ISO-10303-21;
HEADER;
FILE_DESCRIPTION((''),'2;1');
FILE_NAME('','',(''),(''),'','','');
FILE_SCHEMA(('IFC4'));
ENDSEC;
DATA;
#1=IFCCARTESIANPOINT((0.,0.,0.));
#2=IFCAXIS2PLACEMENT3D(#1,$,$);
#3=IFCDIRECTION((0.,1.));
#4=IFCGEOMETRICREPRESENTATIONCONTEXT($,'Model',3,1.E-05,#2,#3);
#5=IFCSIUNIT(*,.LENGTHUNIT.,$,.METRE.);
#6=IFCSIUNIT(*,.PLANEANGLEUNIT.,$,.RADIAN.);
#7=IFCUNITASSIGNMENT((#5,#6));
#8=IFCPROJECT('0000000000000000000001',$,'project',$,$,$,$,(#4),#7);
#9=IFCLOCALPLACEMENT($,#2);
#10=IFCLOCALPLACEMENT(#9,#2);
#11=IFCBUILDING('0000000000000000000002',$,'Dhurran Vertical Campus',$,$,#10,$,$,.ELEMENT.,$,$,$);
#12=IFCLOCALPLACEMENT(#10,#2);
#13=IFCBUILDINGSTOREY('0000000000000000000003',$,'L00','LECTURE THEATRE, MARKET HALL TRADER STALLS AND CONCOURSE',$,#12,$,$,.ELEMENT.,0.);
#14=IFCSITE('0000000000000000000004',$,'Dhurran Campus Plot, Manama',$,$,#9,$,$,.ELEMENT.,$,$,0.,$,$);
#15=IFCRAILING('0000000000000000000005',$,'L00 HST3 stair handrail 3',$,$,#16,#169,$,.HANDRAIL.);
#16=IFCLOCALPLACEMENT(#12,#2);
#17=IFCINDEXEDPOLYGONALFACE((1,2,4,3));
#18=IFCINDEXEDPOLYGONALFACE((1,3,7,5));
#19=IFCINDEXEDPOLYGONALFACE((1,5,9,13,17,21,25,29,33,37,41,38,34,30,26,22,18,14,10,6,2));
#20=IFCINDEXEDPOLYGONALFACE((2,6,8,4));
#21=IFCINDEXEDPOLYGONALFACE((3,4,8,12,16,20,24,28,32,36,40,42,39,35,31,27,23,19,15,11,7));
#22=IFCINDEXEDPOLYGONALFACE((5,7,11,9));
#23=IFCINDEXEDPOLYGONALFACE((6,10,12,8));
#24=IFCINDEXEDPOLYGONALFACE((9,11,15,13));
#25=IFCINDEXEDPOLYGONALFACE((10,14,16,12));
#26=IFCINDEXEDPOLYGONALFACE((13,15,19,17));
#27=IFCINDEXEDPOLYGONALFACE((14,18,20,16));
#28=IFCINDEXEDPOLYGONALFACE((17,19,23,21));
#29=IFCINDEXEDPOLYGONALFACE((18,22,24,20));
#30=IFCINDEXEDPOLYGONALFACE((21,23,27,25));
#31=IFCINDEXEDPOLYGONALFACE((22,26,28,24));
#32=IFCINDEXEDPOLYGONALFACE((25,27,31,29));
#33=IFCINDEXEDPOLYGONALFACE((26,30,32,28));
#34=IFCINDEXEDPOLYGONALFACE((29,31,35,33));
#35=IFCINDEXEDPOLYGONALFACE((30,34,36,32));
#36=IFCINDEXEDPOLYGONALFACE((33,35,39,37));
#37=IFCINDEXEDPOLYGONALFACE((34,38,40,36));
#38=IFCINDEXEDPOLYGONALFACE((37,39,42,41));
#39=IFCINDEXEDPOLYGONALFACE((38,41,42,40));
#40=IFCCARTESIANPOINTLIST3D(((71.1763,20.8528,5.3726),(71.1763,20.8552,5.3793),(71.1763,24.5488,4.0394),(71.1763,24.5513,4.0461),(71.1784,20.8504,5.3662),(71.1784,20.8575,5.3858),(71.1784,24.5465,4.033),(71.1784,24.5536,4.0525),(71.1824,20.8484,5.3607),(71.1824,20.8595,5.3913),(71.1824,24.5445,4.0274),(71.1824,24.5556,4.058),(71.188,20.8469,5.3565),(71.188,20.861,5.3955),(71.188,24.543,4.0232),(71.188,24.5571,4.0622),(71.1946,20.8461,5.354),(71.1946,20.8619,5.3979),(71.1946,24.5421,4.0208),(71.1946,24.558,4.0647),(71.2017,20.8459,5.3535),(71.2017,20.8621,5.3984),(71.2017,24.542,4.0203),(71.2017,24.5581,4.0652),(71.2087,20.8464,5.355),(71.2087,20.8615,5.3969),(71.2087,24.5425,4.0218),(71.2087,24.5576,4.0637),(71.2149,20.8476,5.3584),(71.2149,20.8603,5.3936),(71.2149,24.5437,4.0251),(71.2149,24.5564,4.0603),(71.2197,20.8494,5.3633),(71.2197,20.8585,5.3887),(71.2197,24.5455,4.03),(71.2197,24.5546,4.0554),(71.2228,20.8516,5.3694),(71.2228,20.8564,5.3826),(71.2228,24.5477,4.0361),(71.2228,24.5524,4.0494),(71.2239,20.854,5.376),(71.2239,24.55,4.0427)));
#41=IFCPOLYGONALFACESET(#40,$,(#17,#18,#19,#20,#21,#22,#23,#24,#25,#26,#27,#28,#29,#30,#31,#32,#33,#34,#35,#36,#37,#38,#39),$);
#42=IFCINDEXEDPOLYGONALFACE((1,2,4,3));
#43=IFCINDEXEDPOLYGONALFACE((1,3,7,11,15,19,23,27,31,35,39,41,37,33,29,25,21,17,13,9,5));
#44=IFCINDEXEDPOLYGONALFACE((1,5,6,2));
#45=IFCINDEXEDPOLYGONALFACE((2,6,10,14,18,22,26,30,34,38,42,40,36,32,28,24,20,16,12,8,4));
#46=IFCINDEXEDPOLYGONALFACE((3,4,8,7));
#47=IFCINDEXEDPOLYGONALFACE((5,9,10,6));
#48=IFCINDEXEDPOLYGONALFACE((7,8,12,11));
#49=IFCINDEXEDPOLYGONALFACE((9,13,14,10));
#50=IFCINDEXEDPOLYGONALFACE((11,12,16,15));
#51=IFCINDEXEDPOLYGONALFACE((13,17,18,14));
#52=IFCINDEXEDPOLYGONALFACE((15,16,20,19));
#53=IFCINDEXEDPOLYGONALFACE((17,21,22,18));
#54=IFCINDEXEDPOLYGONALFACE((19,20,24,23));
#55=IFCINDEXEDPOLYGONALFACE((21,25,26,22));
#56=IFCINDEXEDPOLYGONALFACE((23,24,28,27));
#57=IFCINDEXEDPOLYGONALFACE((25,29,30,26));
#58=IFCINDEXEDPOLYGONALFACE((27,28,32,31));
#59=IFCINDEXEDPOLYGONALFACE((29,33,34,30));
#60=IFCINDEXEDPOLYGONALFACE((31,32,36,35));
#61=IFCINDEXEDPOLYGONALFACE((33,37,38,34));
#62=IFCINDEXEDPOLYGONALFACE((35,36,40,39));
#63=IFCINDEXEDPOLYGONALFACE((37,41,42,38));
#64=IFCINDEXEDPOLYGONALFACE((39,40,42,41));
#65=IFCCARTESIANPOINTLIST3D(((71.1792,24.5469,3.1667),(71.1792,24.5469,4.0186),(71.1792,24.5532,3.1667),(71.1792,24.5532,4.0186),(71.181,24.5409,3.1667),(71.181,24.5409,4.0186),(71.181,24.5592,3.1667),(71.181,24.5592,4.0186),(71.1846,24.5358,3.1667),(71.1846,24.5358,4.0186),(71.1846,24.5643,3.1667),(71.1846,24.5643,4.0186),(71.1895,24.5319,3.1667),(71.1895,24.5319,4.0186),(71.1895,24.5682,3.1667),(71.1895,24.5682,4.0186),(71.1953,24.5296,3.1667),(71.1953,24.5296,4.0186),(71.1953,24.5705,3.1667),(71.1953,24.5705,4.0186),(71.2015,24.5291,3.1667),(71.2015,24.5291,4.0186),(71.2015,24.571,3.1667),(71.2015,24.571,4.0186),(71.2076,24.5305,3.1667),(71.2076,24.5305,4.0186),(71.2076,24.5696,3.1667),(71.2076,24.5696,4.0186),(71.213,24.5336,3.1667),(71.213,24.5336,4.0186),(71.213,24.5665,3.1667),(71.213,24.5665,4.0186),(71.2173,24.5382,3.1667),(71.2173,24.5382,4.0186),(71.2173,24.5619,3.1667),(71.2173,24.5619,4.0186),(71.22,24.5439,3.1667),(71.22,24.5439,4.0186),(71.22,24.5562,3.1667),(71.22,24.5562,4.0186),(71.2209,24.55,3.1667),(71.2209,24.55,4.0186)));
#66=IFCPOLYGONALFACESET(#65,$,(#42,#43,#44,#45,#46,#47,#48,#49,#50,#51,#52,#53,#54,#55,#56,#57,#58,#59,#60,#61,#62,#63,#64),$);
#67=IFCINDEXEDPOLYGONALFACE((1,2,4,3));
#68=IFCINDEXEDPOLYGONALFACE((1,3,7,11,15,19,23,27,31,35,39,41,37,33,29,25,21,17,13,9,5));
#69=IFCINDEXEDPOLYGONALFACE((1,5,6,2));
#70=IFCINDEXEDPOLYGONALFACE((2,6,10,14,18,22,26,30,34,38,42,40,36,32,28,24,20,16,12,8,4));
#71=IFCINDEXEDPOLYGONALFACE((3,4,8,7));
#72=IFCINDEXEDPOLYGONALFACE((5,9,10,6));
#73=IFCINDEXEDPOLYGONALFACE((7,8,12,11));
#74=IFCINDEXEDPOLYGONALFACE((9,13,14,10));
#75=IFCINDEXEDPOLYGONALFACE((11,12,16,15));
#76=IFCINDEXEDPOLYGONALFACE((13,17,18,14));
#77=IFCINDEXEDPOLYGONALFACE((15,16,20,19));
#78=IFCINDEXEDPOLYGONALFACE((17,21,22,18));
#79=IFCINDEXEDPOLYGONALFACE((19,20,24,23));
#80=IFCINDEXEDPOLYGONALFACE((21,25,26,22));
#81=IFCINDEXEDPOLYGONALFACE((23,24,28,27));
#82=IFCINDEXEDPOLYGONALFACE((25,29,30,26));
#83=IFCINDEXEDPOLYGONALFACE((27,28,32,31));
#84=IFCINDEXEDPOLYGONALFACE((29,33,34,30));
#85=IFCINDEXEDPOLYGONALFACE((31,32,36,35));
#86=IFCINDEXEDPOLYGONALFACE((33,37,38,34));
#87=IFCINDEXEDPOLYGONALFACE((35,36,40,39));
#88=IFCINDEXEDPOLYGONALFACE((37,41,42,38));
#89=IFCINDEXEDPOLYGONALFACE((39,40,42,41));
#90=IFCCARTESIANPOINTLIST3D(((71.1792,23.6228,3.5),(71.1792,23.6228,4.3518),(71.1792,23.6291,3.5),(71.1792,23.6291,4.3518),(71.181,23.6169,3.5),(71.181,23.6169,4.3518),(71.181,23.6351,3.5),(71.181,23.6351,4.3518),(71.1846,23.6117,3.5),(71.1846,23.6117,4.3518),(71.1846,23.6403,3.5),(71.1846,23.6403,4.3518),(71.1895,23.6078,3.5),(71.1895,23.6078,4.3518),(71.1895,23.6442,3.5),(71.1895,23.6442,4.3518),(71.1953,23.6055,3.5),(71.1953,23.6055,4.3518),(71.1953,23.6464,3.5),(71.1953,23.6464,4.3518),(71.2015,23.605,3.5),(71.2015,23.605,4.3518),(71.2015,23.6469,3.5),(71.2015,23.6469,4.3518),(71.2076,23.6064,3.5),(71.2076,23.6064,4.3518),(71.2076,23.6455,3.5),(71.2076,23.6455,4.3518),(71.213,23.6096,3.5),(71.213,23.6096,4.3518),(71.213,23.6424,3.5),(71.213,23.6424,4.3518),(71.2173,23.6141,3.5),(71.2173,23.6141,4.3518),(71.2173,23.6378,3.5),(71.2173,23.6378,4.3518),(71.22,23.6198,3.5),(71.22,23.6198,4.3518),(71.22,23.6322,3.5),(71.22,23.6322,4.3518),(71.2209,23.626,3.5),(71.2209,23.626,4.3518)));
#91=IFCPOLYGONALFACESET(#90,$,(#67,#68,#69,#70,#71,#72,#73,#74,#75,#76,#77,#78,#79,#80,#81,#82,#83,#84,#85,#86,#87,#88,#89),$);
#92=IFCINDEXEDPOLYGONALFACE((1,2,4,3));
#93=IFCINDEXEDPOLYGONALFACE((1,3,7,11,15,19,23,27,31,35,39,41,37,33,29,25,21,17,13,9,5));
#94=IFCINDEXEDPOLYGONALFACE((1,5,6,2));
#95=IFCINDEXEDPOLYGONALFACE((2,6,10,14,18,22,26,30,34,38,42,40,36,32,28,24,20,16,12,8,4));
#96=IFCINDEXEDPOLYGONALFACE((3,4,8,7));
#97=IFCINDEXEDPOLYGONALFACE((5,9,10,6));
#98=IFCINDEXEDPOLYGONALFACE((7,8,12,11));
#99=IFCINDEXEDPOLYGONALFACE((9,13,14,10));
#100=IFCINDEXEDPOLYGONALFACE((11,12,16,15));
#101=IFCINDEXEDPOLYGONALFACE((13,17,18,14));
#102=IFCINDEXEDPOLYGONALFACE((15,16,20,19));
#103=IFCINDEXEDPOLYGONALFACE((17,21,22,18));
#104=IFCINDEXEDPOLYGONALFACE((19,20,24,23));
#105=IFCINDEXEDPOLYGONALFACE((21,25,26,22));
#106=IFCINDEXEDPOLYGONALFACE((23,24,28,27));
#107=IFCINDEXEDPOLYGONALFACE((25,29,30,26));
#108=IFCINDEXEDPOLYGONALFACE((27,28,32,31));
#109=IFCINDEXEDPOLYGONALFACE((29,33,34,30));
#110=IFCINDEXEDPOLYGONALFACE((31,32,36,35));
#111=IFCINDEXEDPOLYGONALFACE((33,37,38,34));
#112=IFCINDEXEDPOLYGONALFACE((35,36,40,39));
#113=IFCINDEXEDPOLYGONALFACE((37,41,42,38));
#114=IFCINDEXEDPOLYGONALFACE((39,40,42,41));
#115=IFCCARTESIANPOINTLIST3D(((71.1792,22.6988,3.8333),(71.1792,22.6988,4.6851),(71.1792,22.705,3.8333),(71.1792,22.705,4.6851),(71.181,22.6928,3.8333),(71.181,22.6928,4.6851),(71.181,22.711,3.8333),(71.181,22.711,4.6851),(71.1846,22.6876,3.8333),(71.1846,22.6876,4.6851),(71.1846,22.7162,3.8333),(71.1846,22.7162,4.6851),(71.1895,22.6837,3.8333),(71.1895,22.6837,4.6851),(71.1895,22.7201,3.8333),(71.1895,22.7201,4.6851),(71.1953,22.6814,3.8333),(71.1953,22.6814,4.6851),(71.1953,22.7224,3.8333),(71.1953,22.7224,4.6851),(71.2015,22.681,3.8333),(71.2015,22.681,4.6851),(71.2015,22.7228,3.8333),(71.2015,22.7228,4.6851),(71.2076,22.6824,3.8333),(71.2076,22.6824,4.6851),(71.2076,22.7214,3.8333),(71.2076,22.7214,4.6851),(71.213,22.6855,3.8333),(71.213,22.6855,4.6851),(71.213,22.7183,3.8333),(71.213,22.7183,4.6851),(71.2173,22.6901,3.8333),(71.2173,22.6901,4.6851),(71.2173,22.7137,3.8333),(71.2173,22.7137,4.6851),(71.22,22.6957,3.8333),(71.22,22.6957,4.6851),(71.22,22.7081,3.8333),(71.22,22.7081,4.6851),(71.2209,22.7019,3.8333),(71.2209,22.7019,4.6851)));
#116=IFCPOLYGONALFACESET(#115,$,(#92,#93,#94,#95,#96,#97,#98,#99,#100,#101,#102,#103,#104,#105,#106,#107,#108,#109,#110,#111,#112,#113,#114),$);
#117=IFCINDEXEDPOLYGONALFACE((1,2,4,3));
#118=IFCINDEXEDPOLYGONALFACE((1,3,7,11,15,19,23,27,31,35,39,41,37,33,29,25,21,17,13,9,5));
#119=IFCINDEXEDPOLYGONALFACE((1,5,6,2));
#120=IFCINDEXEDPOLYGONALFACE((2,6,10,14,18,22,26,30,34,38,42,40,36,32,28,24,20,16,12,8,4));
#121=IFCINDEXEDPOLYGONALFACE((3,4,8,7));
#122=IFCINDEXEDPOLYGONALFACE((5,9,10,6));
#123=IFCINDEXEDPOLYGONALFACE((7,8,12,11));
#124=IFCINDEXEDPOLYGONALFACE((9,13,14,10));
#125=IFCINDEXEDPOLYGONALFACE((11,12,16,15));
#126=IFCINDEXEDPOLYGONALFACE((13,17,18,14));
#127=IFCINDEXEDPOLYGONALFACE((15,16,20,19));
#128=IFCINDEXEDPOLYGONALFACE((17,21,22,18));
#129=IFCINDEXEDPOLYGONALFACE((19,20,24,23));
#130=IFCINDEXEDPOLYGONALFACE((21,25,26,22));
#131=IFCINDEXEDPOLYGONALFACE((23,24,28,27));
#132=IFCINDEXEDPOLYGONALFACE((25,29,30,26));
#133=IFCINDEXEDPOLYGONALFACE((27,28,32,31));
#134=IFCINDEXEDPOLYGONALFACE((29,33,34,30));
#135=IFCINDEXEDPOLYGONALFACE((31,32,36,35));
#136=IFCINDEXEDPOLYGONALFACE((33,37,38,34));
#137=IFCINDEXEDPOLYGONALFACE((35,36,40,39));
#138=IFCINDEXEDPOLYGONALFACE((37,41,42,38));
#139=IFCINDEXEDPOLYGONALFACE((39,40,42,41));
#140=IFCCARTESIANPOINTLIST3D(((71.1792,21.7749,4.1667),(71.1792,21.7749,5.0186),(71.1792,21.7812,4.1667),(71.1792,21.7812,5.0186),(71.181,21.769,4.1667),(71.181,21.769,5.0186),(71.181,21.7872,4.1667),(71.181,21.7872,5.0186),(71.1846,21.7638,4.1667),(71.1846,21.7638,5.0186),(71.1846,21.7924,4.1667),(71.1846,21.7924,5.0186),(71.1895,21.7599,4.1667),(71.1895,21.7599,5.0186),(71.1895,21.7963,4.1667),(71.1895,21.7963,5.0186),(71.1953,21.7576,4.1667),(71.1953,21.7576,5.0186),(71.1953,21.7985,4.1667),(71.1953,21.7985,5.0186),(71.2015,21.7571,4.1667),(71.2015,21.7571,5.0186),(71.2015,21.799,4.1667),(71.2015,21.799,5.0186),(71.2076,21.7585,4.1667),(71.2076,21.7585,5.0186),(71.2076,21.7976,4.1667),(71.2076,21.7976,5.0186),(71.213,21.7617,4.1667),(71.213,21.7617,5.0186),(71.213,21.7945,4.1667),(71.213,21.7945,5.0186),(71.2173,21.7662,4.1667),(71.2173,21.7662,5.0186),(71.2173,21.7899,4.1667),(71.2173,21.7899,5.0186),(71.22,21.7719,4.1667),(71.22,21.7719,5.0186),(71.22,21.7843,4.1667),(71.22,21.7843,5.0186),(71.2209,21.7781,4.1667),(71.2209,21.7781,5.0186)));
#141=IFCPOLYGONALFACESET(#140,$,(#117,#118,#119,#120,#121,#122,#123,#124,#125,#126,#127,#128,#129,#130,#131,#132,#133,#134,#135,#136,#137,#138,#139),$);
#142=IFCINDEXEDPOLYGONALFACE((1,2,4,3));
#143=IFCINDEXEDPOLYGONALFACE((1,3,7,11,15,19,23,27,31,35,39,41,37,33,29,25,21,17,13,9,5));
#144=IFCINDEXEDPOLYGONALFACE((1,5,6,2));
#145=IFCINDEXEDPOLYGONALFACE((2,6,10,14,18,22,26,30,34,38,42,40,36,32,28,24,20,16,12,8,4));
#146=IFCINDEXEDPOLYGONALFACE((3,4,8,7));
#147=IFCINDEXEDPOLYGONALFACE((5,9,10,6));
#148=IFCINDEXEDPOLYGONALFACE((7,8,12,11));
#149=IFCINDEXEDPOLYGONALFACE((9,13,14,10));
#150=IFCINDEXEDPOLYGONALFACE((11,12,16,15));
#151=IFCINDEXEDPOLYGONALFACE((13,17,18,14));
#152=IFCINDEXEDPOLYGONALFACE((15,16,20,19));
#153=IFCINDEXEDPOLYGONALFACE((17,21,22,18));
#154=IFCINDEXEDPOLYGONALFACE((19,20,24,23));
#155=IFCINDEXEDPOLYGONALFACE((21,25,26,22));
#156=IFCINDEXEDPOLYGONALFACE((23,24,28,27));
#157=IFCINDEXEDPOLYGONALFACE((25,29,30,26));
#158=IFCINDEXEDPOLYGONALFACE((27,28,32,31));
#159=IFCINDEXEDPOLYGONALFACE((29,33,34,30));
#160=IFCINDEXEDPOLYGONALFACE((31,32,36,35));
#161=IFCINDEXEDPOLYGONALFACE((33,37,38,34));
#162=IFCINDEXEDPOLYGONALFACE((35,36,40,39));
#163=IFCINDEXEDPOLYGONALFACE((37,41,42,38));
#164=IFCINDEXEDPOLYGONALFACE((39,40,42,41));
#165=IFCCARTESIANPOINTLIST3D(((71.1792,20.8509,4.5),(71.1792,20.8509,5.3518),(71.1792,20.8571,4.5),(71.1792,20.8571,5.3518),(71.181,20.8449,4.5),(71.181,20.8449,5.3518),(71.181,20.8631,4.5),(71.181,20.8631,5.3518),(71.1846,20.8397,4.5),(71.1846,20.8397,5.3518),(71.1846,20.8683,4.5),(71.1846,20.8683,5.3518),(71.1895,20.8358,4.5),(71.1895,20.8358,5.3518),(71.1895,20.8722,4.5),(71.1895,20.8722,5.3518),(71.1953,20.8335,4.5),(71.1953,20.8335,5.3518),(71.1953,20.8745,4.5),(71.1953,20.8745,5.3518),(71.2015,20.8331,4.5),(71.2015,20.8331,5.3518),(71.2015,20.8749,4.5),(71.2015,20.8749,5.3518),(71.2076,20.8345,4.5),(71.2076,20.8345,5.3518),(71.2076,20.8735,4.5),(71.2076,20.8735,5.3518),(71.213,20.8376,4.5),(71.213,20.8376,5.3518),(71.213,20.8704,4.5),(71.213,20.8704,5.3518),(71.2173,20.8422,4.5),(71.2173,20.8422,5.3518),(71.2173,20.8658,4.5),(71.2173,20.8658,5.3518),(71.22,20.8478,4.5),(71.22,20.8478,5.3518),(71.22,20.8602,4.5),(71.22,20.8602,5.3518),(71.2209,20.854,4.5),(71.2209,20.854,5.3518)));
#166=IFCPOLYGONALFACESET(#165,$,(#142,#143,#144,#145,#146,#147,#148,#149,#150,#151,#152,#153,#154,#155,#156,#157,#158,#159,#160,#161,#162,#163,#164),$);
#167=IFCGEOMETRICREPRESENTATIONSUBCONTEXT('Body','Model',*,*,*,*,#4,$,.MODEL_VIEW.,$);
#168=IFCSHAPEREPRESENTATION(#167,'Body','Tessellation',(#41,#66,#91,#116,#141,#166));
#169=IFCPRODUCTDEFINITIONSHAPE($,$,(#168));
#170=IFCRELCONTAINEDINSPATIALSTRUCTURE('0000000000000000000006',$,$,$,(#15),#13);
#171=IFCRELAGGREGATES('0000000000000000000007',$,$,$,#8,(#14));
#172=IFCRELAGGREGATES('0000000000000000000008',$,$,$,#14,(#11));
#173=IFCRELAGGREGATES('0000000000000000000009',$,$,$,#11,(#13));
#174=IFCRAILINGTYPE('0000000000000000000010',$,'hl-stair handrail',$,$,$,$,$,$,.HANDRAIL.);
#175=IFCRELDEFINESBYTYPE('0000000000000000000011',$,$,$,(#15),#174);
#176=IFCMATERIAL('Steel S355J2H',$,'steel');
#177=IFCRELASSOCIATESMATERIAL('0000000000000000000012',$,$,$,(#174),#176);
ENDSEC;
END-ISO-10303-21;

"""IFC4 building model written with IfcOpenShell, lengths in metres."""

from ifc_helpers import new_model, si_unit, direction, frame, origin, origin_2d, place, context, subcontext, project, spatial, circle, extrude, material, type_object, element, save


model = new_model("IFC4")

# Units and contexts
model_context = context("Model", 3, precision=1e-05, world=origin(), true_north=direction((0.0, 1.0)))
body_context = subcontext(model_context, "Body", "Model", "MODEL_VIEW")
ifc_project = project(units=[si_unit("LENGTHUNIT", "METRE"), si_unit("PLANEANGLEUNIT", "RADIAN")], contexts=[model_context])

# Site, building, storey
site_placement = place(None, origin())
site = spatial("IfcSite", under=ifc_project, at=site_placement, Name="Dhurran Campus Plot, Manama", CompositionType="ELEMENT", RefElevation=0.0)
building_placement = place(site_placement, origin())
building = spatial("IfcBuilding", under=site, at=building_placement, Name="Dhurran Vertical Campus", CompositionType="ELEMENT")
storey_placement = place(building_placement, origin())
storey = spatial("IfcBuildingStorey", under=building, at=storey_placement, Name="L00", Description="LECTURE THEATRE, MARKET HALL TRADER STALLS AND CONCOURSE", CompositionType="ELEMENT", Elevation=0.0)

# Railing
ifc_material_1 = material(Name="Steel S355J2H", Category="steel")
railing_type_1 = type_object("IfcRailingType", Name="hl-stair handrail", PredefinedType="HANDRAIL", material=ifc_material_1)
for number, where, name in (
    (1, (71.2, 24.55, 3.1667), "L00 HST3 stair handrail 3"),
):
    element("IfcRailing", number, at=place(storey_placement, frame(where)), inside=storey, type_object=railing_type_1, Name=name, PredefinedType="HANDRAIL", context=body_context, shape_type="SweptSolid", body=[
        extrude(circle(Radius=0.0239, at=origin_2d()), frame((0.0, 0.0, 0.876), z_axis=(0.0, -0.94067, 0.339322), x_axis=(1.0, 0.0, 0.0)), (0.0, 0.0, 1.0), 3.9292),
        extrude(circle(Radius=0.021, at=origin_2d()), origin(), (0.0, 0.0, 1.0), 0.8518),
        extrude(circle(Radius=0.021, at=origin_2d()), frame((0.0, -0.9241, 0.3333)), (0.0, 0.0, 1.0), 0.8518),
        extrude(circle(Radius=0.021, at=origin_2d()), frame((0.0, -1.8481, 0.6665)), (0.0, 0.0, 1.0), 0.8518),
        extrude(circle(Radius=0.021, at=origin_2d()), frame((0.0, -2.772, 1.0)), (0.0, 0.0, 1.0), 0.8518),
        extrude(circle(Radius=0.021, at=origin_2d()), frame((0.0, -3.696, 1.3333)), (0.0, 0.0, 1.0), 0.8518),
    ])

save(model, "model.ifc")
